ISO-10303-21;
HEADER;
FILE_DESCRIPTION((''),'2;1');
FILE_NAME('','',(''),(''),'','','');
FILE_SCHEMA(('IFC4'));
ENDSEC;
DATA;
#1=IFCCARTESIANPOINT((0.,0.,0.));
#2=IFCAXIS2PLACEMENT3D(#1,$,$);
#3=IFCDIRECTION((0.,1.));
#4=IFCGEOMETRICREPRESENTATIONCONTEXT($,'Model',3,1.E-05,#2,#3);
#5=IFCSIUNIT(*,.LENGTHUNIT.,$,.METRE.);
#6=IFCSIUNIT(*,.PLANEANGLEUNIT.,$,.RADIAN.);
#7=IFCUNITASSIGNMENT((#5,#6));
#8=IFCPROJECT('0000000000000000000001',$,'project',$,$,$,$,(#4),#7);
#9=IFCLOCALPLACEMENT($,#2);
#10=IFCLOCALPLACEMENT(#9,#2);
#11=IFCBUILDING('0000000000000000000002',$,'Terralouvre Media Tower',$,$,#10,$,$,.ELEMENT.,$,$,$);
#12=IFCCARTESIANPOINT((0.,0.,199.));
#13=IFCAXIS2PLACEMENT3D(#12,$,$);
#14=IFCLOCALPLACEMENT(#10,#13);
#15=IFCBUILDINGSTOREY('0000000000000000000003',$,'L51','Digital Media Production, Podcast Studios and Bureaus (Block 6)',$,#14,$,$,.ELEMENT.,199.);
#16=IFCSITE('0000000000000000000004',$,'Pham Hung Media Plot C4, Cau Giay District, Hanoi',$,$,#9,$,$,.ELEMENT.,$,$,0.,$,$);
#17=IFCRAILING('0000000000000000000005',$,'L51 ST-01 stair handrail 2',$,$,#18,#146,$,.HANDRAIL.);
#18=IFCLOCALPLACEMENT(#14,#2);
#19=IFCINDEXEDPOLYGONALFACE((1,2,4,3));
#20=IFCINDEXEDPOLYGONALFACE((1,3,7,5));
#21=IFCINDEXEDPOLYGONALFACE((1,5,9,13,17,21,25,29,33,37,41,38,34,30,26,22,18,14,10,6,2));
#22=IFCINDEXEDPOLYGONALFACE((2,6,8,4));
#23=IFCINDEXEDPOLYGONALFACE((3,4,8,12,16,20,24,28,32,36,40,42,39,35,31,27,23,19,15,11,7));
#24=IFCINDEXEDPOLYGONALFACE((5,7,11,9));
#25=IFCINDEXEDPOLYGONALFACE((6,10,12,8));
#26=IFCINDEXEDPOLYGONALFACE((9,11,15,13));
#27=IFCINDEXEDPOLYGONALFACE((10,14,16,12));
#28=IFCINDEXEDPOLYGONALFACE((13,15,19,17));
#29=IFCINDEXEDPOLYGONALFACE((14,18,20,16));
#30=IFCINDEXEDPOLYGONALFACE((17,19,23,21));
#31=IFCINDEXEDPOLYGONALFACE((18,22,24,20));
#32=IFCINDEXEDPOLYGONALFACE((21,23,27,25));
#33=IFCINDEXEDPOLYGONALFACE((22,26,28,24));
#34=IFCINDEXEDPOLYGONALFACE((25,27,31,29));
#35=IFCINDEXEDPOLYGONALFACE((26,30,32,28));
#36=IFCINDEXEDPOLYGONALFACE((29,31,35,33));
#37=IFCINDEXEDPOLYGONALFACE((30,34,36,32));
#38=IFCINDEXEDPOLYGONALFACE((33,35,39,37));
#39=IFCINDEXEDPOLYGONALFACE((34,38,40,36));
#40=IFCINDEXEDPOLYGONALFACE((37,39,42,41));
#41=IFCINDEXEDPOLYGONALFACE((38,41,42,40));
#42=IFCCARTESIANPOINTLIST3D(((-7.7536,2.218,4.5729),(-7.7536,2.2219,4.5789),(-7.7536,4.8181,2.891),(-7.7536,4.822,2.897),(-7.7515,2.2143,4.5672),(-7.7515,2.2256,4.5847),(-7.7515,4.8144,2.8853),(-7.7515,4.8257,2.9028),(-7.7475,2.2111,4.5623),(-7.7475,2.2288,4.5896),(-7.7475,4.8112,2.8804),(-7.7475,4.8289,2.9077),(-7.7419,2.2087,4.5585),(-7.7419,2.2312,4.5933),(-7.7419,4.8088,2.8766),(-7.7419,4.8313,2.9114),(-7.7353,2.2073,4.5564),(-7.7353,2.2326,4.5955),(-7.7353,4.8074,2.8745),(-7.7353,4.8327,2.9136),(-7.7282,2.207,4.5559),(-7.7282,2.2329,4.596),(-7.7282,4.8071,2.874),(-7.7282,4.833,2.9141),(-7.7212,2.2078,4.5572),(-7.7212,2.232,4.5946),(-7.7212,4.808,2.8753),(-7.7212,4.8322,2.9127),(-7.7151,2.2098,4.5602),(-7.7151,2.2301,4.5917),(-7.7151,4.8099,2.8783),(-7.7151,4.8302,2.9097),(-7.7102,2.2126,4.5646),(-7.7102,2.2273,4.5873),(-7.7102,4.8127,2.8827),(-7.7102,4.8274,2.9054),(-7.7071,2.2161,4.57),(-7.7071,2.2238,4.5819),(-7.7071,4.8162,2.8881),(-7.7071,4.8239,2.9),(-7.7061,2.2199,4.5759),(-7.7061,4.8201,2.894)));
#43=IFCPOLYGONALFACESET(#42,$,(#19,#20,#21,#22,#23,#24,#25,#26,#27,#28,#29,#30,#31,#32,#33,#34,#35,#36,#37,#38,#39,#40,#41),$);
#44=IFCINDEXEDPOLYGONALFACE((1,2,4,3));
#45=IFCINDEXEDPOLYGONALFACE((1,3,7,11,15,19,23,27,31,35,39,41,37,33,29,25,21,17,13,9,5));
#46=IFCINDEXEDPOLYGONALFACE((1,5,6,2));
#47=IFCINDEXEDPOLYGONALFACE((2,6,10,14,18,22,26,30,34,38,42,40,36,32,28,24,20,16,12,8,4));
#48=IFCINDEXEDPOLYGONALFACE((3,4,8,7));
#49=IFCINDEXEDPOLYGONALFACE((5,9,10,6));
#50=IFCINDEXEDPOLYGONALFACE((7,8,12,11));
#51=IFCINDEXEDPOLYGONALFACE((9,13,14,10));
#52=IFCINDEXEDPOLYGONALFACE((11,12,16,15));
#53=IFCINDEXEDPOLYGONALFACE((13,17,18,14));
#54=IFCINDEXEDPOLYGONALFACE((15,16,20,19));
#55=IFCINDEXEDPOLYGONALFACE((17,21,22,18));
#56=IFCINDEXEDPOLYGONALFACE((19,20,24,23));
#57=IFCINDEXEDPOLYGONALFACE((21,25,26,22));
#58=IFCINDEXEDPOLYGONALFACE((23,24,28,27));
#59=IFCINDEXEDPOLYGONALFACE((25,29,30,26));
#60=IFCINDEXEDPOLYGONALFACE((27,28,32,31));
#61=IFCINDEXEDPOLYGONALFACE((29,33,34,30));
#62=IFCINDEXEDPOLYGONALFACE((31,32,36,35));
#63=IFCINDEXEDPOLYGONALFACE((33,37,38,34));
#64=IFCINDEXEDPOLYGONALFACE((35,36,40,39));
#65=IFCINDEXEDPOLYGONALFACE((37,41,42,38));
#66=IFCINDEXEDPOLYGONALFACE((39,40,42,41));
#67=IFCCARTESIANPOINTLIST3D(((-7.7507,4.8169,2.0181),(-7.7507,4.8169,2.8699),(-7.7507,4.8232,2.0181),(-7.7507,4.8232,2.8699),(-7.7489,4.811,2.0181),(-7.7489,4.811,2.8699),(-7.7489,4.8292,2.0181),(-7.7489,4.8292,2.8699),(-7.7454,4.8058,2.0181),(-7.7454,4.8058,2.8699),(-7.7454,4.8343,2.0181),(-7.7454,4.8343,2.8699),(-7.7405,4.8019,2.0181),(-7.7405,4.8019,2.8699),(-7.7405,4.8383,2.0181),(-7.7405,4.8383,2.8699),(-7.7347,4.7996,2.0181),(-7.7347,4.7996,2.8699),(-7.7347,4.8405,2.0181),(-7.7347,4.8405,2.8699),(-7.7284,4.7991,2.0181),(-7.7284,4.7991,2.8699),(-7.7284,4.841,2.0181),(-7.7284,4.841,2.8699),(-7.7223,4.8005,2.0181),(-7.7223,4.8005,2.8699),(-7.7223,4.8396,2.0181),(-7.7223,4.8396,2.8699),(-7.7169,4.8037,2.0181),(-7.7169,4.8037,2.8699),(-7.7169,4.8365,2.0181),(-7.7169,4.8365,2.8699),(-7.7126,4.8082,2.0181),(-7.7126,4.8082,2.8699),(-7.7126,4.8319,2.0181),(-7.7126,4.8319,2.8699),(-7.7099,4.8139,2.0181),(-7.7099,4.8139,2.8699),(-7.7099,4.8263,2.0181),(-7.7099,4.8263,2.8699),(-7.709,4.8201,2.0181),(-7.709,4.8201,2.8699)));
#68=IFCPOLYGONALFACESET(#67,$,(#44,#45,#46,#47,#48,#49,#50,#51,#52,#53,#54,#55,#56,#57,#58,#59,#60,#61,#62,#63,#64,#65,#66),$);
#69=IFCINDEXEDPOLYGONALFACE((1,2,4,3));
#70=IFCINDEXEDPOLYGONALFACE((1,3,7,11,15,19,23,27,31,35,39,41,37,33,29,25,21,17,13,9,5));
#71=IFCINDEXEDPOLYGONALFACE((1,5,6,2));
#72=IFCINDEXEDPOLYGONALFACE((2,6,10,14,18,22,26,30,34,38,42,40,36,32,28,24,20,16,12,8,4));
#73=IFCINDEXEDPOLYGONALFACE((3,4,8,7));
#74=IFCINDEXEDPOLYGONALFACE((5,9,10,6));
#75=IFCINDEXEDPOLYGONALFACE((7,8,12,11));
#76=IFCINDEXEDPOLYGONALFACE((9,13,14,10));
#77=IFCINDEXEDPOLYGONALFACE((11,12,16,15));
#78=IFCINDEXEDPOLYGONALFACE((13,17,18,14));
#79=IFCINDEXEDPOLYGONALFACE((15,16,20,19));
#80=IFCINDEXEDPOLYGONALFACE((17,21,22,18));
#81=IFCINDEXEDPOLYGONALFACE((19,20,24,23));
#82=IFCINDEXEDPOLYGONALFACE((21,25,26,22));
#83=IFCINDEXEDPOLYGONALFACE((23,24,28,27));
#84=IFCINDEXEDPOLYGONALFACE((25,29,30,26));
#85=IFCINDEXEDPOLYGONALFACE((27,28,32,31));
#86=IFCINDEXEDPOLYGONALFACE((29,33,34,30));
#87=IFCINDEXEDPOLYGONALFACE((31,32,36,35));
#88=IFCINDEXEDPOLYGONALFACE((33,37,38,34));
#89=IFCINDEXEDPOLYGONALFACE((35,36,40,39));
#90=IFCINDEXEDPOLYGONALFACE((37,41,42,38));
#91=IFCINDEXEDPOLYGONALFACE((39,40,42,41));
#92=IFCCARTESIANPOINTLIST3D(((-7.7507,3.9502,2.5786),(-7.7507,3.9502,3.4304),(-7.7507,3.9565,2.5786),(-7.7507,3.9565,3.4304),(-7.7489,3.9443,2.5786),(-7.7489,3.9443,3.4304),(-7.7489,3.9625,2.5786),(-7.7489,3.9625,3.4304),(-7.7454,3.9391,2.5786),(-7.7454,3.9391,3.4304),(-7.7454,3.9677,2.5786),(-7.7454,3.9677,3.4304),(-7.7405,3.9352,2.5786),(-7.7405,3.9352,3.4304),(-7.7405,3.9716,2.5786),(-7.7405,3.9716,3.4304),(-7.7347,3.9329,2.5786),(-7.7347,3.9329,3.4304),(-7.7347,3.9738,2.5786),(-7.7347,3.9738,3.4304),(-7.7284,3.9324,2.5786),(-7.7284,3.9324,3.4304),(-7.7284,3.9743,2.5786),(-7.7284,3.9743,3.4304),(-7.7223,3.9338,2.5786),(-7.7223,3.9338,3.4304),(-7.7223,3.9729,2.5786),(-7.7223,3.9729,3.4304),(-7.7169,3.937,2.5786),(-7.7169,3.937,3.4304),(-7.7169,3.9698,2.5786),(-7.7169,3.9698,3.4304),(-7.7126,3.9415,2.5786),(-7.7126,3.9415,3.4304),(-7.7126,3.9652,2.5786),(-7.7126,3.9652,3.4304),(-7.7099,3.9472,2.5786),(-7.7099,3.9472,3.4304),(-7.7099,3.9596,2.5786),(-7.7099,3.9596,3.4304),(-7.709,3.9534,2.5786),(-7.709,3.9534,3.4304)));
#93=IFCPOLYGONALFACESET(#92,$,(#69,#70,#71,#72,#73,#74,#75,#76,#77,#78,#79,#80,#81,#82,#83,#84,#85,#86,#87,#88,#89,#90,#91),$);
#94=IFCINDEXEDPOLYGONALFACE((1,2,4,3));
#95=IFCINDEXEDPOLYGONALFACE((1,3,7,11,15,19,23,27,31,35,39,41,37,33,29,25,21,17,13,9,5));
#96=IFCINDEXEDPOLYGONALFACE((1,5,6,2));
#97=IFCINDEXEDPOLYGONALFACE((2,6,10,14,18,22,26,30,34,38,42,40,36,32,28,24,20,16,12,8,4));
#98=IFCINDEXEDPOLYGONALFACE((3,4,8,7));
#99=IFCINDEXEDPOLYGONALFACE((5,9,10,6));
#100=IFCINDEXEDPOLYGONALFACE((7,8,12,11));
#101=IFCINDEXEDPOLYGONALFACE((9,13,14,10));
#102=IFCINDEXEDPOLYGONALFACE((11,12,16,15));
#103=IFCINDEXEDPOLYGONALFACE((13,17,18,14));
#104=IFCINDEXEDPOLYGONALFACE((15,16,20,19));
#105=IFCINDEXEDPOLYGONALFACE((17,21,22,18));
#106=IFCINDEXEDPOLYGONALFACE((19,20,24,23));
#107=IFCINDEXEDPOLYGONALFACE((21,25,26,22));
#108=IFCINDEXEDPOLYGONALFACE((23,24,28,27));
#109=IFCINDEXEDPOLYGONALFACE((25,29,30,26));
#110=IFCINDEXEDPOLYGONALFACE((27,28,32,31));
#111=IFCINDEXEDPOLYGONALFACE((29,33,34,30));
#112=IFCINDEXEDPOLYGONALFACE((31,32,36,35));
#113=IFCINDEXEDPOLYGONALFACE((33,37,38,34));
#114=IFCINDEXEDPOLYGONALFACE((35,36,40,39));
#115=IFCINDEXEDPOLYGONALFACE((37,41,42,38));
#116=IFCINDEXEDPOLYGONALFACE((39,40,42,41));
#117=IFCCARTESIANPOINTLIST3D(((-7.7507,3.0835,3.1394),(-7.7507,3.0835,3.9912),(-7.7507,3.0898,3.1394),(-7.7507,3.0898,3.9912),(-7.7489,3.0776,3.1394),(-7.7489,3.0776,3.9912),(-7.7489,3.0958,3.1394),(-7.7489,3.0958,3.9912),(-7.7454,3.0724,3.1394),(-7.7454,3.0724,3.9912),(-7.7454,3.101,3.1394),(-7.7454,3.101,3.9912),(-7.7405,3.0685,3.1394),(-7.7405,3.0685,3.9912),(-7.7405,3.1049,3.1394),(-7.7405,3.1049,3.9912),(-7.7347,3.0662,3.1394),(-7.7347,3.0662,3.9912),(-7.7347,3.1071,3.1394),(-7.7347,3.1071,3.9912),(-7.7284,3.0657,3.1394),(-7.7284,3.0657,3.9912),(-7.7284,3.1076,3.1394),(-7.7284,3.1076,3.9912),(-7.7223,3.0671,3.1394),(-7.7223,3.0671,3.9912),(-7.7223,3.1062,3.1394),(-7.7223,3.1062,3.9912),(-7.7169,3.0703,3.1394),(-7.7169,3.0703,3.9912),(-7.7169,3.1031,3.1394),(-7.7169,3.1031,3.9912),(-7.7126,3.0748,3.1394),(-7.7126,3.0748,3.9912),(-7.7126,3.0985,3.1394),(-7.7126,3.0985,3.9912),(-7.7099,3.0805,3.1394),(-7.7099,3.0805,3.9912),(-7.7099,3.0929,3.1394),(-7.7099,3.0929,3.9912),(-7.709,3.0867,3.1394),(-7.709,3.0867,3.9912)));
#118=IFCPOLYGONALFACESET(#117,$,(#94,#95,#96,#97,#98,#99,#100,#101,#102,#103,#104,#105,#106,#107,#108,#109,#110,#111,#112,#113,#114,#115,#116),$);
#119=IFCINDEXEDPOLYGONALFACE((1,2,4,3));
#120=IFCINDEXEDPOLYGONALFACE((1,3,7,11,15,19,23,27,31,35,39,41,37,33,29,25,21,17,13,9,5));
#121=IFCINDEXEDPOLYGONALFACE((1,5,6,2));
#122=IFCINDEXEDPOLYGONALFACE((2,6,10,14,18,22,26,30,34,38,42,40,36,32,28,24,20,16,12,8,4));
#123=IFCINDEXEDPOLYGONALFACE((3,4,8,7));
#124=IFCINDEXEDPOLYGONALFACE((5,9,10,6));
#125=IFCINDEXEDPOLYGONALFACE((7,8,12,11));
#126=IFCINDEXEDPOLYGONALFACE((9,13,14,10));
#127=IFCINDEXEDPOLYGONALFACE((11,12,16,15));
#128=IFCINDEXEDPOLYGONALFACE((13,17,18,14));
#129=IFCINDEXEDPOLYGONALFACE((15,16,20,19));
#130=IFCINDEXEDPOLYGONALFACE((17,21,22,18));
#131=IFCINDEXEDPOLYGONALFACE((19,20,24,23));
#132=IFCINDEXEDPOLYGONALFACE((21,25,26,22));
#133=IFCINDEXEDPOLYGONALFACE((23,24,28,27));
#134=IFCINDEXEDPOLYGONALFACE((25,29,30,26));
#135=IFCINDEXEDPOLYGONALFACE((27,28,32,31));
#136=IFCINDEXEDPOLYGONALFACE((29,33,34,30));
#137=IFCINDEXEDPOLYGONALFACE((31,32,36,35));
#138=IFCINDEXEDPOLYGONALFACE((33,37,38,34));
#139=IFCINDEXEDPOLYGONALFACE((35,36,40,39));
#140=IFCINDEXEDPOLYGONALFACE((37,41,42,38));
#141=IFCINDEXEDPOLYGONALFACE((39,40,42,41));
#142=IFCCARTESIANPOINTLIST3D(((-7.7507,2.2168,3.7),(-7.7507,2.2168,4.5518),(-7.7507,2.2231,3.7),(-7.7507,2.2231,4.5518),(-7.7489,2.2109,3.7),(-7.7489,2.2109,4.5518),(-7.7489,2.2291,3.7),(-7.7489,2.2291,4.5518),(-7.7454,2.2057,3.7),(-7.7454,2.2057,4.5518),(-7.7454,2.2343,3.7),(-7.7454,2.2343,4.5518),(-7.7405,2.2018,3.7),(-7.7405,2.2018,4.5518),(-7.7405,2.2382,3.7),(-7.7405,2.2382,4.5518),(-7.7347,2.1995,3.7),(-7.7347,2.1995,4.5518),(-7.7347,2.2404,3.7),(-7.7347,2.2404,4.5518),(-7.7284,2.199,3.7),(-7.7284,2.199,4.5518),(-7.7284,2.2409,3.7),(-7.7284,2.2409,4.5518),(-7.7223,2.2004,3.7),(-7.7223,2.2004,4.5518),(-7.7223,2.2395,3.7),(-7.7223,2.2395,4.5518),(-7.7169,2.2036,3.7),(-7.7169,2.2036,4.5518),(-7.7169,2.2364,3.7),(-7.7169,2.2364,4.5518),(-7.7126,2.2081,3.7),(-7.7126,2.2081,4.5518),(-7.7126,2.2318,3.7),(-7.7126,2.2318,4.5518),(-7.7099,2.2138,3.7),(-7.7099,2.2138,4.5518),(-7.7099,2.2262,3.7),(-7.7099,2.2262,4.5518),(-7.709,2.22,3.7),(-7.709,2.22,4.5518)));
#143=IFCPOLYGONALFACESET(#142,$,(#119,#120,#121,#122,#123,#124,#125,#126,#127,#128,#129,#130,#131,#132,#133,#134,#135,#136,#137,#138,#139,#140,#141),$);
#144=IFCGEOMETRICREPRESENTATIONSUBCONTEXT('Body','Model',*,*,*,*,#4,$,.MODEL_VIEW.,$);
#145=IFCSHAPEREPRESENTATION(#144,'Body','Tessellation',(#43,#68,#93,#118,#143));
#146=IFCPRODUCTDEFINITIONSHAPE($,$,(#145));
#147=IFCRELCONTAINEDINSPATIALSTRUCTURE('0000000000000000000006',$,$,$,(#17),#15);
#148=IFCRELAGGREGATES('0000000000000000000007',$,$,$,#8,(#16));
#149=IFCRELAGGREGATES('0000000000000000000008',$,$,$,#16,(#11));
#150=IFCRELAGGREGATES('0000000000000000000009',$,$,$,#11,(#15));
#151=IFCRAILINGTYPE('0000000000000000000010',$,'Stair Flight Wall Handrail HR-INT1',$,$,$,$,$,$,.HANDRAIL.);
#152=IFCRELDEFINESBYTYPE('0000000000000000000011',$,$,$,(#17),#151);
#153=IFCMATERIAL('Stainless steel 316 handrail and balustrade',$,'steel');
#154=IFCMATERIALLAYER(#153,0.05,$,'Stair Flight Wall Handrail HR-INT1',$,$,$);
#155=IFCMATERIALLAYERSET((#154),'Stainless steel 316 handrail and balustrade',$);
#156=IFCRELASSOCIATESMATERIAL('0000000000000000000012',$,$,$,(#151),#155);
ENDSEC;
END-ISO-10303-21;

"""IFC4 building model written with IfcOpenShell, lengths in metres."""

from ifc_helpers import new_model, si_unit, direction, frame, origin, origin_2d, place, context, subcontext, project, spatial, circle, extrude, material, layer, layer_set, type_object, element, save


model = new_model("IFC4")

# Units and contexts
model_context = context("Model", 3, precision=1e-05, world=origin(), true_north=direction((0.0, 1.0)))
body_context = subcontext(model_context, "Body", "Model", "MODEL_VIEW")
ifc_project = project(units=[si_unit("LENGTHUNIT", "METRE"), si_unit("PLANEANGLEUNIT", "RADIAN")], contexts=[model_context])

# Site, building, storey
site_placement = place(None, origin())
site = spatial("IfcSite", under=ifc_project, at=site_placement, Name="Pham Hung Media Plot C4, Cau Giay District, Hanoi", CompositionType="ELEMENT", RefElevation=0.0)
building_placement = place(site_placement, origin())
building = spatial("IfcBuilding", under=site, at=building_placement, Name="Terralouvre Media Tower", CompositionType="ELEMENT")
storey_placement = place(building_placement, frame((0.0, 0.0, 199.0)))
storey = spatial("IfcBuildingStorey", under=building, at=storey_placement, Name="L51", Description="Digital Media Production, Podcast Studios and Bureaus (Block 6)", CompositionType="ELEMENT", Elevation=199.0)

# Railing
ifc_material_1 = material(Name="Stainless steel 316 handrail and balustrade", Category="steel")
ifc_layer_1 = layer(ifc_material_1, 0.05, Name="Stair Flight Wall Handrail HR-INT1")
ifc_layer_set_1 = layer_set([ifc_layer_1], Name="Stainless steel 316 handrail and balustrade")
railing_type_1 = type_object("IfcRailingType", Name="Stair Flight Wall Handrail HR-INT1", PredefinedType="HANDRAIL", material=ifc_layer_set_1)
railing_1_placement = place(storey_placement, frame((-7.73, 4.8201, 2.0181)))
element("IfcRailing", 1, at=railing_1_placement, inside=storey, type_object=railing_type_1, Name="L51 ST-01 stair handrail 2", PredefinedType="HANDRAIL", context=body_context, shape_type="SweptSolid", body=[
    extrude(circle(Radius=0.0239, at=origin_2d()), frame((0.0, 0.0, 0.876), z_axis=(0.0, -0.839648, 0.54313), x_axis=(1.0, 0.0, 0.0)), (0.0, 0.0, 1.0), 3.0967),
    extrude(circle(Radius=0.021, at=origin_2d()), origin(), (0.0, 0.0, 1.0), 0.8518),
    extrude(circle(Radius=0.021, at=origin_2d()), frame((0.0, -0.8667, 0.5605)), (0.0, 0.0, 1.0), 0.8518),
    extrude(circle(Radius=0.021, at=origin_2d()), frame((0.0, -1.7334, 1.1213)), (0.0, 0.0, 1.0), 0.8518),
    extrude(circle(Radius=0.021, at=origin_2d()), frame((0.0, -2.6001, 1.6819)), (0.0, 0.0, 1.0), 0.8518),
])

save(model, "model.ifc")
